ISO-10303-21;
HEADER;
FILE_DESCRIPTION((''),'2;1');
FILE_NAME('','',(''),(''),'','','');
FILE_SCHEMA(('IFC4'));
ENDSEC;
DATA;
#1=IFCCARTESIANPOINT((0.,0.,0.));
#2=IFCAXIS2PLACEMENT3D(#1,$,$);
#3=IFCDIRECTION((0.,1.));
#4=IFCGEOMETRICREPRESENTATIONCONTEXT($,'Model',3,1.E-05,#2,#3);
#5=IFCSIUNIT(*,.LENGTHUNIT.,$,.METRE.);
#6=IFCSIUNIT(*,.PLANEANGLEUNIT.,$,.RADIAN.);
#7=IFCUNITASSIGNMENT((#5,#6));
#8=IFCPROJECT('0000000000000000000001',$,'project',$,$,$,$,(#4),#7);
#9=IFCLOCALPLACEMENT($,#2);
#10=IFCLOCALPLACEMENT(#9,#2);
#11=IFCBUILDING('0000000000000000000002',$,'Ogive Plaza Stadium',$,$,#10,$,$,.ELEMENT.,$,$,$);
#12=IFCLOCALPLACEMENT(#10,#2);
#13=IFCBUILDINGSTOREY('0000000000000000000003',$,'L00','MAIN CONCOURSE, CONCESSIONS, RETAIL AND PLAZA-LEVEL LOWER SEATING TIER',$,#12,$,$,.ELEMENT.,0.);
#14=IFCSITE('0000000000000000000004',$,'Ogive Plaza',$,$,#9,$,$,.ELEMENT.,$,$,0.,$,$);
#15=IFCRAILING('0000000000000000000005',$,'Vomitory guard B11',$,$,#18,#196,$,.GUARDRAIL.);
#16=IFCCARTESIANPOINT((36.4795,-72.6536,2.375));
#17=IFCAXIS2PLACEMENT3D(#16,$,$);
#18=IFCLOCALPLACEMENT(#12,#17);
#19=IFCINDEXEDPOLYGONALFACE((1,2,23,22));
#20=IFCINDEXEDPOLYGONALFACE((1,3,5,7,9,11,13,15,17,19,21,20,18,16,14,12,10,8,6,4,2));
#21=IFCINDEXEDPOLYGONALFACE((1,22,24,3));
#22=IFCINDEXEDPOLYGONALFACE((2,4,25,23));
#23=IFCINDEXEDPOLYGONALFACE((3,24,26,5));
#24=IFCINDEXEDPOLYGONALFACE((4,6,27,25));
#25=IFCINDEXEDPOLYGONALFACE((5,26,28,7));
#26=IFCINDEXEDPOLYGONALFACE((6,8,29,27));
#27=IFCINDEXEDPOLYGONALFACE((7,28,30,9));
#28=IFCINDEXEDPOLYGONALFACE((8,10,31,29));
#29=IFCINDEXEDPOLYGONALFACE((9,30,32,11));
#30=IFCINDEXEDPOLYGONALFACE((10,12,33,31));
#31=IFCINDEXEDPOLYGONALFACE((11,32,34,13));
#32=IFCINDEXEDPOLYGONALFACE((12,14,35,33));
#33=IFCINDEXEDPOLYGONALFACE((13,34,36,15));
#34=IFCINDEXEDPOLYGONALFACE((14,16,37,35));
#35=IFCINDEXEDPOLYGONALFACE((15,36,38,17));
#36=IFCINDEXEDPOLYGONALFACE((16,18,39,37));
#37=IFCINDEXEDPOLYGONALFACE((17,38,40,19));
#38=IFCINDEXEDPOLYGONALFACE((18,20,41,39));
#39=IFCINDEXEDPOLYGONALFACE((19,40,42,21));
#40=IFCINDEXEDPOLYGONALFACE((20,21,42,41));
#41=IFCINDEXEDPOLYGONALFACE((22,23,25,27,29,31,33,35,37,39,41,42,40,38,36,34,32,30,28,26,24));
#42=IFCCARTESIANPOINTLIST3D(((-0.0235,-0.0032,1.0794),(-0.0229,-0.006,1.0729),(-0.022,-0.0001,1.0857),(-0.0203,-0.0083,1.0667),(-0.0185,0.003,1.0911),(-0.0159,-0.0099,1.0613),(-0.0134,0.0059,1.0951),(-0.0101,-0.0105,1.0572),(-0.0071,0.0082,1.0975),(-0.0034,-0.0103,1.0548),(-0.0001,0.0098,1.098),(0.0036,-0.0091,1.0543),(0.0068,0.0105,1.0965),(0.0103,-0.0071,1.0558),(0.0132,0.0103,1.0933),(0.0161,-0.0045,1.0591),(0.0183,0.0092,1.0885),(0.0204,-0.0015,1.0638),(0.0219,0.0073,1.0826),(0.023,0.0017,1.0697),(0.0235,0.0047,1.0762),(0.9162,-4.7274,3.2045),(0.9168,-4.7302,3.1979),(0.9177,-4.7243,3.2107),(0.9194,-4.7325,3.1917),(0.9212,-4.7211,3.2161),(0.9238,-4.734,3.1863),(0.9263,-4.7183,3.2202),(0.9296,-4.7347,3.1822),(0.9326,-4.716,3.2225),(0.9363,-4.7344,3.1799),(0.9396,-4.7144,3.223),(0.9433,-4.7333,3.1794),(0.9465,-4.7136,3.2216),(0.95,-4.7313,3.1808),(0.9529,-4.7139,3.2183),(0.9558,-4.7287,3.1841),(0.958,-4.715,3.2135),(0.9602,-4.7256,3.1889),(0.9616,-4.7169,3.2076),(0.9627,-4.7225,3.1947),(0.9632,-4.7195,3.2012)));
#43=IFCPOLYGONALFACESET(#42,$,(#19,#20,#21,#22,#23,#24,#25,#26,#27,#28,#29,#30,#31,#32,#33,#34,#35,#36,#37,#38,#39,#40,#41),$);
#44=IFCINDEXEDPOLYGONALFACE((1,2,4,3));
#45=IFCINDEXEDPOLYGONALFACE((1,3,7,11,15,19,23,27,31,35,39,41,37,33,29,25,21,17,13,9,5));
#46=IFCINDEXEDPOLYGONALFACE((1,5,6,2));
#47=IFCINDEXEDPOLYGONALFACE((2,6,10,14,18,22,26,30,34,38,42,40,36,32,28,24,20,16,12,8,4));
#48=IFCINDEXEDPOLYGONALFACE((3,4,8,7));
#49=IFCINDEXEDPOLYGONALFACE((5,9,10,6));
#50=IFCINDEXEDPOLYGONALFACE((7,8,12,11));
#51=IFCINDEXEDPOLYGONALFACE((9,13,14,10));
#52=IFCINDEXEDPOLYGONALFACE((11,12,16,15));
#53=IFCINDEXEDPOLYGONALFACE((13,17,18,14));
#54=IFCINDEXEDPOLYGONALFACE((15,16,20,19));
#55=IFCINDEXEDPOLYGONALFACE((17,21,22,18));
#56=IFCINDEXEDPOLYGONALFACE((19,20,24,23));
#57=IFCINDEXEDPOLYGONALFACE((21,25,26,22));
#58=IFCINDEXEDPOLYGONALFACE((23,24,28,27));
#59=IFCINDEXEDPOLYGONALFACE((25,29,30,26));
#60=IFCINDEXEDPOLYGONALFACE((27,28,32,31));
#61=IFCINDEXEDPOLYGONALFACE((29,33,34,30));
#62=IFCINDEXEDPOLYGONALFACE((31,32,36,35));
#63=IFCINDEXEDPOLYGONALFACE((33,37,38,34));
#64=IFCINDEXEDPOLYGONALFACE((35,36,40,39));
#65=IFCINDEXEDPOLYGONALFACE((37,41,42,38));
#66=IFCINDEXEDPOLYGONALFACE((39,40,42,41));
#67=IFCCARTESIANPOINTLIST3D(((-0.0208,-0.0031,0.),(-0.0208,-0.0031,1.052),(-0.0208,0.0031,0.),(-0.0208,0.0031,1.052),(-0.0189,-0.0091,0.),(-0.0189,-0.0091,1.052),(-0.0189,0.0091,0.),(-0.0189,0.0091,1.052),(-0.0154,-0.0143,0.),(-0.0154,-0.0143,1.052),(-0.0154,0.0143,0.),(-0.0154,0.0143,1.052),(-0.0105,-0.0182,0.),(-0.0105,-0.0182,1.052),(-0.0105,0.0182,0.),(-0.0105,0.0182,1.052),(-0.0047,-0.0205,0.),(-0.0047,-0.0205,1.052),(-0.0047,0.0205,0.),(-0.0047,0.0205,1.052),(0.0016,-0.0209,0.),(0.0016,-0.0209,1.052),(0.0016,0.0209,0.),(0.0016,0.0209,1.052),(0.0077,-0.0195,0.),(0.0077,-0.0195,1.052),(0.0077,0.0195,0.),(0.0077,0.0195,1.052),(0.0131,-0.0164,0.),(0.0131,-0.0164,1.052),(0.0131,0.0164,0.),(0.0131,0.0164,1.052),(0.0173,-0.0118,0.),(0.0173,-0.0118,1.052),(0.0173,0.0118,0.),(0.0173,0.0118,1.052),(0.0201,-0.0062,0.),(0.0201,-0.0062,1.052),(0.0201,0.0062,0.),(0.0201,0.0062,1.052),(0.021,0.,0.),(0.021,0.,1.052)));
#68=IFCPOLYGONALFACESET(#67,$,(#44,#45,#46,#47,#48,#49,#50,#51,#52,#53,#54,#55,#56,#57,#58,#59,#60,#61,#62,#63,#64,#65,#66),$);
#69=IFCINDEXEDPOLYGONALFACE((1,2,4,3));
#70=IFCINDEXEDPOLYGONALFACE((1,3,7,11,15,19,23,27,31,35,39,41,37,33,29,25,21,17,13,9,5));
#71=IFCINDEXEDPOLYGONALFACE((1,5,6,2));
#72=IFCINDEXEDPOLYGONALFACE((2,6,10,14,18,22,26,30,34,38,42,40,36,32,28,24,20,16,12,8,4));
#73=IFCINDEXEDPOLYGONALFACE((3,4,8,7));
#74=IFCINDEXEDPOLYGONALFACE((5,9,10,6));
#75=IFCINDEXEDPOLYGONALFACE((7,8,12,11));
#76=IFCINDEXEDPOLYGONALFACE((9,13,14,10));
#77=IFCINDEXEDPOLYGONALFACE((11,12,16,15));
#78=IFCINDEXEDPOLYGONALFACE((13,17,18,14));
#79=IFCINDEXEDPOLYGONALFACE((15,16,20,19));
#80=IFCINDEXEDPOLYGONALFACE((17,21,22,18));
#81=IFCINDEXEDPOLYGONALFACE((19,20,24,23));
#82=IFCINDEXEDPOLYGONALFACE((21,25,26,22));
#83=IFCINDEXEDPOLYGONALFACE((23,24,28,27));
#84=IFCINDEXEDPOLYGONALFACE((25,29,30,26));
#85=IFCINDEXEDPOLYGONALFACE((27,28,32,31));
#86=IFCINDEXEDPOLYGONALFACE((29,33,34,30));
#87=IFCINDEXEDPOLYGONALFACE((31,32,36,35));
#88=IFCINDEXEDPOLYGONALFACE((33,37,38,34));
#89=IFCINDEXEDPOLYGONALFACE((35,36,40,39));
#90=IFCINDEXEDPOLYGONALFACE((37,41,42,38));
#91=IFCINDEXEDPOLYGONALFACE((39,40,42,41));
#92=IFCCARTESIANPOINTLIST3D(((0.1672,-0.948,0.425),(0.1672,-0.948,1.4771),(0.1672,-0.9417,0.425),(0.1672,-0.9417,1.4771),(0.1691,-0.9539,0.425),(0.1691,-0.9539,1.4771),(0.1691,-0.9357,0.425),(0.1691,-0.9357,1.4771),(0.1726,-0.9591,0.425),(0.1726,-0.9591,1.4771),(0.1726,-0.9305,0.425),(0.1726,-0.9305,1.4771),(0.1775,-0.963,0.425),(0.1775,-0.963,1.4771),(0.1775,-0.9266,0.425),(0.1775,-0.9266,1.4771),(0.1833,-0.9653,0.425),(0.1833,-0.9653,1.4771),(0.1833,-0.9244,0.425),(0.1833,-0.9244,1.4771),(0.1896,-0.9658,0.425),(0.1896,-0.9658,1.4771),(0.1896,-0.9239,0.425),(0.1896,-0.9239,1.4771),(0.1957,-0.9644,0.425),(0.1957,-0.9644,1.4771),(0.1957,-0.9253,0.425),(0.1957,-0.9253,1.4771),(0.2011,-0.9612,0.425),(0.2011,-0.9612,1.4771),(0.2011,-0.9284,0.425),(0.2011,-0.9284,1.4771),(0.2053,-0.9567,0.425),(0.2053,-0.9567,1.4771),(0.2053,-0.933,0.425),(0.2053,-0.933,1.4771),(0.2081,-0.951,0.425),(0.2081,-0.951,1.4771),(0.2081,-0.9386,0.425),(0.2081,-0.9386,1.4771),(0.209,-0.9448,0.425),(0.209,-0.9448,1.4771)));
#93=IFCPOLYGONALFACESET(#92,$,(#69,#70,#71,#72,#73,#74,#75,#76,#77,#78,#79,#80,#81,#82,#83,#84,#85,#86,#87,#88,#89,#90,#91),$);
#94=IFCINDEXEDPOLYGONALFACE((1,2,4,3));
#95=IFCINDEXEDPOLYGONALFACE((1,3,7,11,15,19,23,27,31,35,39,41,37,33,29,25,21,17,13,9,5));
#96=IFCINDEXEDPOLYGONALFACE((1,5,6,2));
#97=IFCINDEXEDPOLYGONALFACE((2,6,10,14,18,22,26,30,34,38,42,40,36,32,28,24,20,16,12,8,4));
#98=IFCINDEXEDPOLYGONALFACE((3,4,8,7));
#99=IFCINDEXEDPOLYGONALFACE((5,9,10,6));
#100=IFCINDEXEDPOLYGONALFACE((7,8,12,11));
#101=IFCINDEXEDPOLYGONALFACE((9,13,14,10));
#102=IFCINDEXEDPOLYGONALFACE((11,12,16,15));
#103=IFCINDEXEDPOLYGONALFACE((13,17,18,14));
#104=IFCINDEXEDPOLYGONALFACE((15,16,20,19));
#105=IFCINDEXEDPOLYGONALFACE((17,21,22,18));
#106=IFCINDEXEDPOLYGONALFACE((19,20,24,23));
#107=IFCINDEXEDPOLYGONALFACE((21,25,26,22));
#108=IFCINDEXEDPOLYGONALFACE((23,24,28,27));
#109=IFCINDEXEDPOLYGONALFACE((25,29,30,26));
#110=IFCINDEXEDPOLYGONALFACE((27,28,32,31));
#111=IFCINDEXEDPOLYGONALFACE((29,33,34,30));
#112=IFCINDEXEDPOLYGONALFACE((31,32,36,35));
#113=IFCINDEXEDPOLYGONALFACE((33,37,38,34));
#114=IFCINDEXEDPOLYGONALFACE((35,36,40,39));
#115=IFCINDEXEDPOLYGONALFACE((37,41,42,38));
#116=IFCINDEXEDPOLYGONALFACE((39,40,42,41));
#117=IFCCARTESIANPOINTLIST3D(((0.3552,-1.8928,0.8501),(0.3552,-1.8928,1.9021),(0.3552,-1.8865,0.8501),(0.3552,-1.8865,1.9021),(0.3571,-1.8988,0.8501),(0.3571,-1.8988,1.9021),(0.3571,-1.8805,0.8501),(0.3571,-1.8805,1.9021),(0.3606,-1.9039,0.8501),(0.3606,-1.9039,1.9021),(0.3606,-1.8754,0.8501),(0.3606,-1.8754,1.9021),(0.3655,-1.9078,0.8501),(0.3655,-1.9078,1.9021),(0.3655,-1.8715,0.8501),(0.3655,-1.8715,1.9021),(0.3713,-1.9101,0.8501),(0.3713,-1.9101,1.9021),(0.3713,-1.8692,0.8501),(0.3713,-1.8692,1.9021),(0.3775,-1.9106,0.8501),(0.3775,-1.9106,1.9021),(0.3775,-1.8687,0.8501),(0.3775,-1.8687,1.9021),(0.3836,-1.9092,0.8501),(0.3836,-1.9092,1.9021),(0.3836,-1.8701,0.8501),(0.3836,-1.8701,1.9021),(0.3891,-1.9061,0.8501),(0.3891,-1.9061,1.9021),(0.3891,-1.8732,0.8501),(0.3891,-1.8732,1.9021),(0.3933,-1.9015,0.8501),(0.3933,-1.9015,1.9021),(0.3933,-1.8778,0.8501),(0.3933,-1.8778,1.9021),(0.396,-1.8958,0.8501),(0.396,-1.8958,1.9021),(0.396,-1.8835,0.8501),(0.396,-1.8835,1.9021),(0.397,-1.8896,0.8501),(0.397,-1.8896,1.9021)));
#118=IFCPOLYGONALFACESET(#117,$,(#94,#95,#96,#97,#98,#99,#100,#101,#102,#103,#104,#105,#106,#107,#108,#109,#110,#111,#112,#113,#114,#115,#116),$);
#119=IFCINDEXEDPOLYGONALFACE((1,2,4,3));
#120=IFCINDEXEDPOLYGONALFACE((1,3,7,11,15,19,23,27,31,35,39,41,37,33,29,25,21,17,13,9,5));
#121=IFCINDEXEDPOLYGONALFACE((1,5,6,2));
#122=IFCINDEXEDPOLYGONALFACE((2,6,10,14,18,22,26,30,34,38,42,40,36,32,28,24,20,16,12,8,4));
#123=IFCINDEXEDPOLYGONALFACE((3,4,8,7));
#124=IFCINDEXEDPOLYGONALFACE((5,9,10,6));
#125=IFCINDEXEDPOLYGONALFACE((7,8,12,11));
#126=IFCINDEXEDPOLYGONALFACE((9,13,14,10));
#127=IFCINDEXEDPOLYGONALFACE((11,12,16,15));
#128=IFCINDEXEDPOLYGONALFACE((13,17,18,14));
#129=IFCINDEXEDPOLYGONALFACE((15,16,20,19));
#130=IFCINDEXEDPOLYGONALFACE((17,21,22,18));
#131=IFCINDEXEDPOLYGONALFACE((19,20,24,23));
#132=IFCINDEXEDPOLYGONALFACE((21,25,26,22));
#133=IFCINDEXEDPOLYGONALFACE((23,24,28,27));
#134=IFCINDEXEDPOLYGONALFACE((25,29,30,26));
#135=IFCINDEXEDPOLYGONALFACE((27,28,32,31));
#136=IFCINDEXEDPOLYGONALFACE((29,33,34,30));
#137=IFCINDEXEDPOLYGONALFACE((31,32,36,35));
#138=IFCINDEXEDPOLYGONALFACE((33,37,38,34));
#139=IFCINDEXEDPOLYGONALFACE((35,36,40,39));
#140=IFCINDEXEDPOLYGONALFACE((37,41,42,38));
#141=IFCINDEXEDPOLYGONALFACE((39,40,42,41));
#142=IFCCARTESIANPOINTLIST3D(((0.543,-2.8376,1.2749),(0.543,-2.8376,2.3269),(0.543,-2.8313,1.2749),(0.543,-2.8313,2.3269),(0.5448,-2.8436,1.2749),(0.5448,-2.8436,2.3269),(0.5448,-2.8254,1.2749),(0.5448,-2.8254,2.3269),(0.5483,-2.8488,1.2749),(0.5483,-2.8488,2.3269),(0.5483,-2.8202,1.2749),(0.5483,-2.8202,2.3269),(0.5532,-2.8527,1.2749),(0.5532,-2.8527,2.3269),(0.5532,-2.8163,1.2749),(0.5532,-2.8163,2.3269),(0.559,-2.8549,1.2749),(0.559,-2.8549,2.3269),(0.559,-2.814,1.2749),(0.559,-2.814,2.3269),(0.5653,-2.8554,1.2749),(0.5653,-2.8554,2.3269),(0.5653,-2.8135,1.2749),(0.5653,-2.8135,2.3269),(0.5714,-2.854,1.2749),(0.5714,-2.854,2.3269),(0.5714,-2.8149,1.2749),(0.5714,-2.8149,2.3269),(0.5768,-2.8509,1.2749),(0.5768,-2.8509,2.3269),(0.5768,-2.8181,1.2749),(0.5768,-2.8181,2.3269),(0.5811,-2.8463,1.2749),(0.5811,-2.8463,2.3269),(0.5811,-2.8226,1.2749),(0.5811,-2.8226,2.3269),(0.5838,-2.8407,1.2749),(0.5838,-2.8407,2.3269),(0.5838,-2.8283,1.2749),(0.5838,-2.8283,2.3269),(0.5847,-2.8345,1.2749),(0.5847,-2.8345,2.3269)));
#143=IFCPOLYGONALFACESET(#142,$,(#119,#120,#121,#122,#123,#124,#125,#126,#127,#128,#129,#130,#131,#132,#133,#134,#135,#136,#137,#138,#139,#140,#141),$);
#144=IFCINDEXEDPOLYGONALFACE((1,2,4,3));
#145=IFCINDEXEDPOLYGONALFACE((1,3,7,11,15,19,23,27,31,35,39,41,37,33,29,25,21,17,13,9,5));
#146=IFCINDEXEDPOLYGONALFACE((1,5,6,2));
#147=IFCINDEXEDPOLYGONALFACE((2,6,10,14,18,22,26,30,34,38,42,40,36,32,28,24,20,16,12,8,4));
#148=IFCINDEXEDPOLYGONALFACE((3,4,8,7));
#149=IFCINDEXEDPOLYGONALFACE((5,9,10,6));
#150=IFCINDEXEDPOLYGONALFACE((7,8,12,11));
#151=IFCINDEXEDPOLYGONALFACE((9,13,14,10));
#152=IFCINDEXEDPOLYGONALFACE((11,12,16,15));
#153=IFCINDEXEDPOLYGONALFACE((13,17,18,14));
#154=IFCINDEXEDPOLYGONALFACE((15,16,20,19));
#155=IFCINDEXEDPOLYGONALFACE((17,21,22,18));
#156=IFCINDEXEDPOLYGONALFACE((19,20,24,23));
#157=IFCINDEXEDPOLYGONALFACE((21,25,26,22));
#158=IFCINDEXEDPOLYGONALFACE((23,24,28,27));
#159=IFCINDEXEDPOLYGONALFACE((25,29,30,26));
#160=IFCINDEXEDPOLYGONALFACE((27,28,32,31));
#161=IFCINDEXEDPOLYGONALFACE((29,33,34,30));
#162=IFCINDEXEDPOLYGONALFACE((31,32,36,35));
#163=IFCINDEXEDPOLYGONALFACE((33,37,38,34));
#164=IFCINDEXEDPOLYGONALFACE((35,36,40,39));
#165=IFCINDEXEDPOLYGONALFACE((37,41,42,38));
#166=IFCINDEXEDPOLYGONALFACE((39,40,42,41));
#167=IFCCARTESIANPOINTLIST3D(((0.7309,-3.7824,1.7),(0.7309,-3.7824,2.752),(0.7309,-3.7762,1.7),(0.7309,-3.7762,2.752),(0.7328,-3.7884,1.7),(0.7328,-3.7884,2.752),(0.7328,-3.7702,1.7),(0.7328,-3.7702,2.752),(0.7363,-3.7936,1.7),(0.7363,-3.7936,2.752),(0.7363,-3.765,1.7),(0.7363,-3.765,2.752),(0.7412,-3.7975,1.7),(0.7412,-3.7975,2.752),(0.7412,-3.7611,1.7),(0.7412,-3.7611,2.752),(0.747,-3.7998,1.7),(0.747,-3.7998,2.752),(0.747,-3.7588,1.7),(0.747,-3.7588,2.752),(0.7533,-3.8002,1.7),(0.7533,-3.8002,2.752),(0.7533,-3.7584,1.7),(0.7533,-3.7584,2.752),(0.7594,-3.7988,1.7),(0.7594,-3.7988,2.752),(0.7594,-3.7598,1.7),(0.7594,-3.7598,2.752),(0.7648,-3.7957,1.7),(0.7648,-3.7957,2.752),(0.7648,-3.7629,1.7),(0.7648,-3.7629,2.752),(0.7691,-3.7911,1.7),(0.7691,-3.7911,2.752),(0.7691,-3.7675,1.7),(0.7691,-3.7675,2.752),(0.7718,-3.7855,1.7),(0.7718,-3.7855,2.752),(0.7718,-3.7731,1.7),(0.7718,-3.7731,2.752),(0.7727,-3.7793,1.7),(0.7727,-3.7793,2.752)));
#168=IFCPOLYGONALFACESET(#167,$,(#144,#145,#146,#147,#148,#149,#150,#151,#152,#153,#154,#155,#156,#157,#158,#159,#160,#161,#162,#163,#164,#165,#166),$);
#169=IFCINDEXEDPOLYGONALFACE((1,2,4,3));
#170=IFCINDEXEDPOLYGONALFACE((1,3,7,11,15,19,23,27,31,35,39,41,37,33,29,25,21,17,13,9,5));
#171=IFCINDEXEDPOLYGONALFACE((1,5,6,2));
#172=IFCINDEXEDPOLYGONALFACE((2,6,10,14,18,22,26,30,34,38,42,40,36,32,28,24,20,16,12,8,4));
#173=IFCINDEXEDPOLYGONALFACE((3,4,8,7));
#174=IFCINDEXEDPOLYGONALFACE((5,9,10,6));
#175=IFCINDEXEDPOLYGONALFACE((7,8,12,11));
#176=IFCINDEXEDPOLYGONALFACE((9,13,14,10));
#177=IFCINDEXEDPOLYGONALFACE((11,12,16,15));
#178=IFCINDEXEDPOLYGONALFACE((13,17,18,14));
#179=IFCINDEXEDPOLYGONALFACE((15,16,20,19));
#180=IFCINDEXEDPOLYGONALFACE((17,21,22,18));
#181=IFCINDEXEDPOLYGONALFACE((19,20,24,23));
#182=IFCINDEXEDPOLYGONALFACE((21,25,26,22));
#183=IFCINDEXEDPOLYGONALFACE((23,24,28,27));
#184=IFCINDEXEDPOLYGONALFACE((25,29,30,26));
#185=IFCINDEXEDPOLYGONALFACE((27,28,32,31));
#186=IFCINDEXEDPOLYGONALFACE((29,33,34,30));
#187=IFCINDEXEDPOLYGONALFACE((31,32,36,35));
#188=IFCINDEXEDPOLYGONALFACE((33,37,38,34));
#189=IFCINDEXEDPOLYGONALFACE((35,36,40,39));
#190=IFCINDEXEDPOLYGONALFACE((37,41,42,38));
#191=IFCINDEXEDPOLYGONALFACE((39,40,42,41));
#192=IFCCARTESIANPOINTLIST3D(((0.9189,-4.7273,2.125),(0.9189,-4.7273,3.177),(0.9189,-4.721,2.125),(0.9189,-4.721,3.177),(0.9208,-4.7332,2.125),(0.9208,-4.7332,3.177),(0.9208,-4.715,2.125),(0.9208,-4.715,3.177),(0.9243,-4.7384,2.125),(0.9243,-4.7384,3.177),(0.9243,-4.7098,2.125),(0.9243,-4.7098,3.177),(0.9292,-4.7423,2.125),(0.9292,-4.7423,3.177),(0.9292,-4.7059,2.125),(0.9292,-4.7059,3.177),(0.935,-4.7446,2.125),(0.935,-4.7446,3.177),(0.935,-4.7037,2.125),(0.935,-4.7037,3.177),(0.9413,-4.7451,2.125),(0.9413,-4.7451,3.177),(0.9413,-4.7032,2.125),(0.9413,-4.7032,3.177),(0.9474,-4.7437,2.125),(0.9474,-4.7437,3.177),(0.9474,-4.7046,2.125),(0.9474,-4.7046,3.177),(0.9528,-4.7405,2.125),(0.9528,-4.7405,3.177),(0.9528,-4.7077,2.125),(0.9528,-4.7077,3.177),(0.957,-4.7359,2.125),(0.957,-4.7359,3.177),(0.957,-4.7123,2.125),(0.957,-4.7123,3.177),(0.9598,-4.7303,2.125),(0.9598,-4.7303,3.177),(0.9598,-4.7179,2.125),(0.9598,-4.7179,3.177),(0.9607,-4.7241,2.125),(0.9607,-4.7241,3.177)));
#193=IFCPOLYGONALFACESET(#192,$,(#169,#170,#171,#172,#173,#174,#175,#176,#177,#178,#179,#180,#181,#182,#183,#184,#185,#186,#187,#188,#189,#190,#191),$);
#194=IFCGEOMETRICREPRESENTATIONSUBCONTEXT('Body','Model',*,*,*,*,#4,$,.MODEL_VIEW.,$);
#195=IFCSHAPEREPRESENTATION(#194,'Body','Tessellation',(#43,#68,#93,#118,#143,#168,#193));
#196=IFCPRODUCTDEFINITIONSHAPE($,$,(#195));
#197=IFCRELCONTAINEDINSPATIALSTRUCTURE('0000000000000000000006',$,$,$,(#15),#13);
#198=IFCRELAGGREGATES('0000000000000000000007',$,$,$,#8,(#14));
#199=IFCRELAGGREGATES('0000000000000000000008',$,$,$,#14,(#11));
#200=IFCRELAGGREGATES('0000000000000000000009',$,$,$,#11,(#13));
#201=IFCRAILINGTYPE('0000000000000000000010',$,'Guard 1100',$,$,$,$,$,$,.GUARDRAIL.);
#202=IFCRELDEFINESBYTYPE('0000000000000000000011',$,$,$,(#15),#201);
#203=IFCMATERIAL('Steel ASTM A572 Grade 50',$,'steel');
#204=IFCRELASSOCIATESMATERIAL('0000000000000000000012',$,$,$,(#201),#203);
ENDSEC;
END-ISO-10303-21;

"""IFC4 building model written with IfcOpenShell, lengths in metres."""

from ifc_helpers import new_model, si_unit, direction, frame, origin, origin_2d, place, context, subcontext, project, spatial, circle, extrude, material, type_object, element, save


model = new_model("IFC4")

# Units and contexts
model_context = context("Model", 3, precision=1e-05, world=origin(), true_north=direction((0.0, 1.0)))
body_context = subcontext(model_context, "Body", "Model", "MODEL_VIEW")
ifc_project = project(units=[si_unit("LENGTHUNIT", "METRE"), si_unit("PLANEANGLEUNIT", "RADIAN")], contexts=[model_context])

# Site, building, storey
site_placement = place(None, origin())
site = spatial("IfcSite", under=ifc_project, at=site_placement, Name="Ogive Plaza", CompositionType="ELEMENT", RefElevation=0.0)
building_placement = place(site_placement, origin())
building = spatial("IfcBuilding", under=site, at=building_placement, Name="Ogive Plaza Stadium", CompositionType="ELEMENT")
storey_placement = place(building_placement, origin())
storey = spatial("IfcBuildingStorey", under=building, at=storey_placement, Name="L00", Description="MAIN CONCOURSE, CONCESSIONS, RETAIL AND PLAZA-LEVEL LOWER SEATING TIER", CompositionType="ELEMENT", Elevation=0.0)

# Railing
ifc_material_1 = material(Name="Steel ASTM A572 Grade 50", Category="steel")
railing_type = type_object("IfcRailingType", Name="Guard 1100", PredefinedType="GUARDRAIL", material=ifc_material_1)
for number, where, name in (
    (1, (36.4795, -72.6536, 2.375), "Vomitory guard B11"),
):
    element("IfcRailing", number, at=place(storey_placement, frame(where)), inside=storey, type_object=railing_type, Name=name, PredefinedType="GUARDRAIL", context=body_context, shape_type="SweptSolid", body=[
        extrude(circle(Radius=0.0239, at=origin_2d()), frame((0.0, 0.0, 1.0762), z_axis=(0.178494, -0.897338, 0.40364), x_axis=(0.980785, 0.195093, 0.0)), (0.0, 0.0, 1.0), 5.2646),
        extrude(circle(Radius=0.021, at=origin_2d()), origin(), (0.0, 0.0, 1.0), 1.052),
        extrude(circle(Radius=0.021, at=origin_2d()), frame((0.188, -0.9448, 0.425)), (0.0, 0.0, 1.0), 1.052),
        extrude(circle(Radius=0.021, at=origin_2d()), frame((0.376, -1.8896, 0.8501)), (0.0, 0.0, 1.0), 1.052),
        extrude(circle(Radius=0.021, at=origin_2d()), frame((0.5637, -2.8345, 1.2749)), (0.0, 0.0, 1.0), 1.052),
        extrude(circle(Radius=0.021, at=origin_2d()), frame((0.7517, -3.7793, 1.7)), (0.0, 0.0, 1.0), 1.052),
        extrude(circle(Radius=0.021, at=origin_2d()), frame((0.9397, -4.7241, 2.125)), (0.0, 0.0, 1.0), 1.052),
    ])

save(model, "model.ifc")
